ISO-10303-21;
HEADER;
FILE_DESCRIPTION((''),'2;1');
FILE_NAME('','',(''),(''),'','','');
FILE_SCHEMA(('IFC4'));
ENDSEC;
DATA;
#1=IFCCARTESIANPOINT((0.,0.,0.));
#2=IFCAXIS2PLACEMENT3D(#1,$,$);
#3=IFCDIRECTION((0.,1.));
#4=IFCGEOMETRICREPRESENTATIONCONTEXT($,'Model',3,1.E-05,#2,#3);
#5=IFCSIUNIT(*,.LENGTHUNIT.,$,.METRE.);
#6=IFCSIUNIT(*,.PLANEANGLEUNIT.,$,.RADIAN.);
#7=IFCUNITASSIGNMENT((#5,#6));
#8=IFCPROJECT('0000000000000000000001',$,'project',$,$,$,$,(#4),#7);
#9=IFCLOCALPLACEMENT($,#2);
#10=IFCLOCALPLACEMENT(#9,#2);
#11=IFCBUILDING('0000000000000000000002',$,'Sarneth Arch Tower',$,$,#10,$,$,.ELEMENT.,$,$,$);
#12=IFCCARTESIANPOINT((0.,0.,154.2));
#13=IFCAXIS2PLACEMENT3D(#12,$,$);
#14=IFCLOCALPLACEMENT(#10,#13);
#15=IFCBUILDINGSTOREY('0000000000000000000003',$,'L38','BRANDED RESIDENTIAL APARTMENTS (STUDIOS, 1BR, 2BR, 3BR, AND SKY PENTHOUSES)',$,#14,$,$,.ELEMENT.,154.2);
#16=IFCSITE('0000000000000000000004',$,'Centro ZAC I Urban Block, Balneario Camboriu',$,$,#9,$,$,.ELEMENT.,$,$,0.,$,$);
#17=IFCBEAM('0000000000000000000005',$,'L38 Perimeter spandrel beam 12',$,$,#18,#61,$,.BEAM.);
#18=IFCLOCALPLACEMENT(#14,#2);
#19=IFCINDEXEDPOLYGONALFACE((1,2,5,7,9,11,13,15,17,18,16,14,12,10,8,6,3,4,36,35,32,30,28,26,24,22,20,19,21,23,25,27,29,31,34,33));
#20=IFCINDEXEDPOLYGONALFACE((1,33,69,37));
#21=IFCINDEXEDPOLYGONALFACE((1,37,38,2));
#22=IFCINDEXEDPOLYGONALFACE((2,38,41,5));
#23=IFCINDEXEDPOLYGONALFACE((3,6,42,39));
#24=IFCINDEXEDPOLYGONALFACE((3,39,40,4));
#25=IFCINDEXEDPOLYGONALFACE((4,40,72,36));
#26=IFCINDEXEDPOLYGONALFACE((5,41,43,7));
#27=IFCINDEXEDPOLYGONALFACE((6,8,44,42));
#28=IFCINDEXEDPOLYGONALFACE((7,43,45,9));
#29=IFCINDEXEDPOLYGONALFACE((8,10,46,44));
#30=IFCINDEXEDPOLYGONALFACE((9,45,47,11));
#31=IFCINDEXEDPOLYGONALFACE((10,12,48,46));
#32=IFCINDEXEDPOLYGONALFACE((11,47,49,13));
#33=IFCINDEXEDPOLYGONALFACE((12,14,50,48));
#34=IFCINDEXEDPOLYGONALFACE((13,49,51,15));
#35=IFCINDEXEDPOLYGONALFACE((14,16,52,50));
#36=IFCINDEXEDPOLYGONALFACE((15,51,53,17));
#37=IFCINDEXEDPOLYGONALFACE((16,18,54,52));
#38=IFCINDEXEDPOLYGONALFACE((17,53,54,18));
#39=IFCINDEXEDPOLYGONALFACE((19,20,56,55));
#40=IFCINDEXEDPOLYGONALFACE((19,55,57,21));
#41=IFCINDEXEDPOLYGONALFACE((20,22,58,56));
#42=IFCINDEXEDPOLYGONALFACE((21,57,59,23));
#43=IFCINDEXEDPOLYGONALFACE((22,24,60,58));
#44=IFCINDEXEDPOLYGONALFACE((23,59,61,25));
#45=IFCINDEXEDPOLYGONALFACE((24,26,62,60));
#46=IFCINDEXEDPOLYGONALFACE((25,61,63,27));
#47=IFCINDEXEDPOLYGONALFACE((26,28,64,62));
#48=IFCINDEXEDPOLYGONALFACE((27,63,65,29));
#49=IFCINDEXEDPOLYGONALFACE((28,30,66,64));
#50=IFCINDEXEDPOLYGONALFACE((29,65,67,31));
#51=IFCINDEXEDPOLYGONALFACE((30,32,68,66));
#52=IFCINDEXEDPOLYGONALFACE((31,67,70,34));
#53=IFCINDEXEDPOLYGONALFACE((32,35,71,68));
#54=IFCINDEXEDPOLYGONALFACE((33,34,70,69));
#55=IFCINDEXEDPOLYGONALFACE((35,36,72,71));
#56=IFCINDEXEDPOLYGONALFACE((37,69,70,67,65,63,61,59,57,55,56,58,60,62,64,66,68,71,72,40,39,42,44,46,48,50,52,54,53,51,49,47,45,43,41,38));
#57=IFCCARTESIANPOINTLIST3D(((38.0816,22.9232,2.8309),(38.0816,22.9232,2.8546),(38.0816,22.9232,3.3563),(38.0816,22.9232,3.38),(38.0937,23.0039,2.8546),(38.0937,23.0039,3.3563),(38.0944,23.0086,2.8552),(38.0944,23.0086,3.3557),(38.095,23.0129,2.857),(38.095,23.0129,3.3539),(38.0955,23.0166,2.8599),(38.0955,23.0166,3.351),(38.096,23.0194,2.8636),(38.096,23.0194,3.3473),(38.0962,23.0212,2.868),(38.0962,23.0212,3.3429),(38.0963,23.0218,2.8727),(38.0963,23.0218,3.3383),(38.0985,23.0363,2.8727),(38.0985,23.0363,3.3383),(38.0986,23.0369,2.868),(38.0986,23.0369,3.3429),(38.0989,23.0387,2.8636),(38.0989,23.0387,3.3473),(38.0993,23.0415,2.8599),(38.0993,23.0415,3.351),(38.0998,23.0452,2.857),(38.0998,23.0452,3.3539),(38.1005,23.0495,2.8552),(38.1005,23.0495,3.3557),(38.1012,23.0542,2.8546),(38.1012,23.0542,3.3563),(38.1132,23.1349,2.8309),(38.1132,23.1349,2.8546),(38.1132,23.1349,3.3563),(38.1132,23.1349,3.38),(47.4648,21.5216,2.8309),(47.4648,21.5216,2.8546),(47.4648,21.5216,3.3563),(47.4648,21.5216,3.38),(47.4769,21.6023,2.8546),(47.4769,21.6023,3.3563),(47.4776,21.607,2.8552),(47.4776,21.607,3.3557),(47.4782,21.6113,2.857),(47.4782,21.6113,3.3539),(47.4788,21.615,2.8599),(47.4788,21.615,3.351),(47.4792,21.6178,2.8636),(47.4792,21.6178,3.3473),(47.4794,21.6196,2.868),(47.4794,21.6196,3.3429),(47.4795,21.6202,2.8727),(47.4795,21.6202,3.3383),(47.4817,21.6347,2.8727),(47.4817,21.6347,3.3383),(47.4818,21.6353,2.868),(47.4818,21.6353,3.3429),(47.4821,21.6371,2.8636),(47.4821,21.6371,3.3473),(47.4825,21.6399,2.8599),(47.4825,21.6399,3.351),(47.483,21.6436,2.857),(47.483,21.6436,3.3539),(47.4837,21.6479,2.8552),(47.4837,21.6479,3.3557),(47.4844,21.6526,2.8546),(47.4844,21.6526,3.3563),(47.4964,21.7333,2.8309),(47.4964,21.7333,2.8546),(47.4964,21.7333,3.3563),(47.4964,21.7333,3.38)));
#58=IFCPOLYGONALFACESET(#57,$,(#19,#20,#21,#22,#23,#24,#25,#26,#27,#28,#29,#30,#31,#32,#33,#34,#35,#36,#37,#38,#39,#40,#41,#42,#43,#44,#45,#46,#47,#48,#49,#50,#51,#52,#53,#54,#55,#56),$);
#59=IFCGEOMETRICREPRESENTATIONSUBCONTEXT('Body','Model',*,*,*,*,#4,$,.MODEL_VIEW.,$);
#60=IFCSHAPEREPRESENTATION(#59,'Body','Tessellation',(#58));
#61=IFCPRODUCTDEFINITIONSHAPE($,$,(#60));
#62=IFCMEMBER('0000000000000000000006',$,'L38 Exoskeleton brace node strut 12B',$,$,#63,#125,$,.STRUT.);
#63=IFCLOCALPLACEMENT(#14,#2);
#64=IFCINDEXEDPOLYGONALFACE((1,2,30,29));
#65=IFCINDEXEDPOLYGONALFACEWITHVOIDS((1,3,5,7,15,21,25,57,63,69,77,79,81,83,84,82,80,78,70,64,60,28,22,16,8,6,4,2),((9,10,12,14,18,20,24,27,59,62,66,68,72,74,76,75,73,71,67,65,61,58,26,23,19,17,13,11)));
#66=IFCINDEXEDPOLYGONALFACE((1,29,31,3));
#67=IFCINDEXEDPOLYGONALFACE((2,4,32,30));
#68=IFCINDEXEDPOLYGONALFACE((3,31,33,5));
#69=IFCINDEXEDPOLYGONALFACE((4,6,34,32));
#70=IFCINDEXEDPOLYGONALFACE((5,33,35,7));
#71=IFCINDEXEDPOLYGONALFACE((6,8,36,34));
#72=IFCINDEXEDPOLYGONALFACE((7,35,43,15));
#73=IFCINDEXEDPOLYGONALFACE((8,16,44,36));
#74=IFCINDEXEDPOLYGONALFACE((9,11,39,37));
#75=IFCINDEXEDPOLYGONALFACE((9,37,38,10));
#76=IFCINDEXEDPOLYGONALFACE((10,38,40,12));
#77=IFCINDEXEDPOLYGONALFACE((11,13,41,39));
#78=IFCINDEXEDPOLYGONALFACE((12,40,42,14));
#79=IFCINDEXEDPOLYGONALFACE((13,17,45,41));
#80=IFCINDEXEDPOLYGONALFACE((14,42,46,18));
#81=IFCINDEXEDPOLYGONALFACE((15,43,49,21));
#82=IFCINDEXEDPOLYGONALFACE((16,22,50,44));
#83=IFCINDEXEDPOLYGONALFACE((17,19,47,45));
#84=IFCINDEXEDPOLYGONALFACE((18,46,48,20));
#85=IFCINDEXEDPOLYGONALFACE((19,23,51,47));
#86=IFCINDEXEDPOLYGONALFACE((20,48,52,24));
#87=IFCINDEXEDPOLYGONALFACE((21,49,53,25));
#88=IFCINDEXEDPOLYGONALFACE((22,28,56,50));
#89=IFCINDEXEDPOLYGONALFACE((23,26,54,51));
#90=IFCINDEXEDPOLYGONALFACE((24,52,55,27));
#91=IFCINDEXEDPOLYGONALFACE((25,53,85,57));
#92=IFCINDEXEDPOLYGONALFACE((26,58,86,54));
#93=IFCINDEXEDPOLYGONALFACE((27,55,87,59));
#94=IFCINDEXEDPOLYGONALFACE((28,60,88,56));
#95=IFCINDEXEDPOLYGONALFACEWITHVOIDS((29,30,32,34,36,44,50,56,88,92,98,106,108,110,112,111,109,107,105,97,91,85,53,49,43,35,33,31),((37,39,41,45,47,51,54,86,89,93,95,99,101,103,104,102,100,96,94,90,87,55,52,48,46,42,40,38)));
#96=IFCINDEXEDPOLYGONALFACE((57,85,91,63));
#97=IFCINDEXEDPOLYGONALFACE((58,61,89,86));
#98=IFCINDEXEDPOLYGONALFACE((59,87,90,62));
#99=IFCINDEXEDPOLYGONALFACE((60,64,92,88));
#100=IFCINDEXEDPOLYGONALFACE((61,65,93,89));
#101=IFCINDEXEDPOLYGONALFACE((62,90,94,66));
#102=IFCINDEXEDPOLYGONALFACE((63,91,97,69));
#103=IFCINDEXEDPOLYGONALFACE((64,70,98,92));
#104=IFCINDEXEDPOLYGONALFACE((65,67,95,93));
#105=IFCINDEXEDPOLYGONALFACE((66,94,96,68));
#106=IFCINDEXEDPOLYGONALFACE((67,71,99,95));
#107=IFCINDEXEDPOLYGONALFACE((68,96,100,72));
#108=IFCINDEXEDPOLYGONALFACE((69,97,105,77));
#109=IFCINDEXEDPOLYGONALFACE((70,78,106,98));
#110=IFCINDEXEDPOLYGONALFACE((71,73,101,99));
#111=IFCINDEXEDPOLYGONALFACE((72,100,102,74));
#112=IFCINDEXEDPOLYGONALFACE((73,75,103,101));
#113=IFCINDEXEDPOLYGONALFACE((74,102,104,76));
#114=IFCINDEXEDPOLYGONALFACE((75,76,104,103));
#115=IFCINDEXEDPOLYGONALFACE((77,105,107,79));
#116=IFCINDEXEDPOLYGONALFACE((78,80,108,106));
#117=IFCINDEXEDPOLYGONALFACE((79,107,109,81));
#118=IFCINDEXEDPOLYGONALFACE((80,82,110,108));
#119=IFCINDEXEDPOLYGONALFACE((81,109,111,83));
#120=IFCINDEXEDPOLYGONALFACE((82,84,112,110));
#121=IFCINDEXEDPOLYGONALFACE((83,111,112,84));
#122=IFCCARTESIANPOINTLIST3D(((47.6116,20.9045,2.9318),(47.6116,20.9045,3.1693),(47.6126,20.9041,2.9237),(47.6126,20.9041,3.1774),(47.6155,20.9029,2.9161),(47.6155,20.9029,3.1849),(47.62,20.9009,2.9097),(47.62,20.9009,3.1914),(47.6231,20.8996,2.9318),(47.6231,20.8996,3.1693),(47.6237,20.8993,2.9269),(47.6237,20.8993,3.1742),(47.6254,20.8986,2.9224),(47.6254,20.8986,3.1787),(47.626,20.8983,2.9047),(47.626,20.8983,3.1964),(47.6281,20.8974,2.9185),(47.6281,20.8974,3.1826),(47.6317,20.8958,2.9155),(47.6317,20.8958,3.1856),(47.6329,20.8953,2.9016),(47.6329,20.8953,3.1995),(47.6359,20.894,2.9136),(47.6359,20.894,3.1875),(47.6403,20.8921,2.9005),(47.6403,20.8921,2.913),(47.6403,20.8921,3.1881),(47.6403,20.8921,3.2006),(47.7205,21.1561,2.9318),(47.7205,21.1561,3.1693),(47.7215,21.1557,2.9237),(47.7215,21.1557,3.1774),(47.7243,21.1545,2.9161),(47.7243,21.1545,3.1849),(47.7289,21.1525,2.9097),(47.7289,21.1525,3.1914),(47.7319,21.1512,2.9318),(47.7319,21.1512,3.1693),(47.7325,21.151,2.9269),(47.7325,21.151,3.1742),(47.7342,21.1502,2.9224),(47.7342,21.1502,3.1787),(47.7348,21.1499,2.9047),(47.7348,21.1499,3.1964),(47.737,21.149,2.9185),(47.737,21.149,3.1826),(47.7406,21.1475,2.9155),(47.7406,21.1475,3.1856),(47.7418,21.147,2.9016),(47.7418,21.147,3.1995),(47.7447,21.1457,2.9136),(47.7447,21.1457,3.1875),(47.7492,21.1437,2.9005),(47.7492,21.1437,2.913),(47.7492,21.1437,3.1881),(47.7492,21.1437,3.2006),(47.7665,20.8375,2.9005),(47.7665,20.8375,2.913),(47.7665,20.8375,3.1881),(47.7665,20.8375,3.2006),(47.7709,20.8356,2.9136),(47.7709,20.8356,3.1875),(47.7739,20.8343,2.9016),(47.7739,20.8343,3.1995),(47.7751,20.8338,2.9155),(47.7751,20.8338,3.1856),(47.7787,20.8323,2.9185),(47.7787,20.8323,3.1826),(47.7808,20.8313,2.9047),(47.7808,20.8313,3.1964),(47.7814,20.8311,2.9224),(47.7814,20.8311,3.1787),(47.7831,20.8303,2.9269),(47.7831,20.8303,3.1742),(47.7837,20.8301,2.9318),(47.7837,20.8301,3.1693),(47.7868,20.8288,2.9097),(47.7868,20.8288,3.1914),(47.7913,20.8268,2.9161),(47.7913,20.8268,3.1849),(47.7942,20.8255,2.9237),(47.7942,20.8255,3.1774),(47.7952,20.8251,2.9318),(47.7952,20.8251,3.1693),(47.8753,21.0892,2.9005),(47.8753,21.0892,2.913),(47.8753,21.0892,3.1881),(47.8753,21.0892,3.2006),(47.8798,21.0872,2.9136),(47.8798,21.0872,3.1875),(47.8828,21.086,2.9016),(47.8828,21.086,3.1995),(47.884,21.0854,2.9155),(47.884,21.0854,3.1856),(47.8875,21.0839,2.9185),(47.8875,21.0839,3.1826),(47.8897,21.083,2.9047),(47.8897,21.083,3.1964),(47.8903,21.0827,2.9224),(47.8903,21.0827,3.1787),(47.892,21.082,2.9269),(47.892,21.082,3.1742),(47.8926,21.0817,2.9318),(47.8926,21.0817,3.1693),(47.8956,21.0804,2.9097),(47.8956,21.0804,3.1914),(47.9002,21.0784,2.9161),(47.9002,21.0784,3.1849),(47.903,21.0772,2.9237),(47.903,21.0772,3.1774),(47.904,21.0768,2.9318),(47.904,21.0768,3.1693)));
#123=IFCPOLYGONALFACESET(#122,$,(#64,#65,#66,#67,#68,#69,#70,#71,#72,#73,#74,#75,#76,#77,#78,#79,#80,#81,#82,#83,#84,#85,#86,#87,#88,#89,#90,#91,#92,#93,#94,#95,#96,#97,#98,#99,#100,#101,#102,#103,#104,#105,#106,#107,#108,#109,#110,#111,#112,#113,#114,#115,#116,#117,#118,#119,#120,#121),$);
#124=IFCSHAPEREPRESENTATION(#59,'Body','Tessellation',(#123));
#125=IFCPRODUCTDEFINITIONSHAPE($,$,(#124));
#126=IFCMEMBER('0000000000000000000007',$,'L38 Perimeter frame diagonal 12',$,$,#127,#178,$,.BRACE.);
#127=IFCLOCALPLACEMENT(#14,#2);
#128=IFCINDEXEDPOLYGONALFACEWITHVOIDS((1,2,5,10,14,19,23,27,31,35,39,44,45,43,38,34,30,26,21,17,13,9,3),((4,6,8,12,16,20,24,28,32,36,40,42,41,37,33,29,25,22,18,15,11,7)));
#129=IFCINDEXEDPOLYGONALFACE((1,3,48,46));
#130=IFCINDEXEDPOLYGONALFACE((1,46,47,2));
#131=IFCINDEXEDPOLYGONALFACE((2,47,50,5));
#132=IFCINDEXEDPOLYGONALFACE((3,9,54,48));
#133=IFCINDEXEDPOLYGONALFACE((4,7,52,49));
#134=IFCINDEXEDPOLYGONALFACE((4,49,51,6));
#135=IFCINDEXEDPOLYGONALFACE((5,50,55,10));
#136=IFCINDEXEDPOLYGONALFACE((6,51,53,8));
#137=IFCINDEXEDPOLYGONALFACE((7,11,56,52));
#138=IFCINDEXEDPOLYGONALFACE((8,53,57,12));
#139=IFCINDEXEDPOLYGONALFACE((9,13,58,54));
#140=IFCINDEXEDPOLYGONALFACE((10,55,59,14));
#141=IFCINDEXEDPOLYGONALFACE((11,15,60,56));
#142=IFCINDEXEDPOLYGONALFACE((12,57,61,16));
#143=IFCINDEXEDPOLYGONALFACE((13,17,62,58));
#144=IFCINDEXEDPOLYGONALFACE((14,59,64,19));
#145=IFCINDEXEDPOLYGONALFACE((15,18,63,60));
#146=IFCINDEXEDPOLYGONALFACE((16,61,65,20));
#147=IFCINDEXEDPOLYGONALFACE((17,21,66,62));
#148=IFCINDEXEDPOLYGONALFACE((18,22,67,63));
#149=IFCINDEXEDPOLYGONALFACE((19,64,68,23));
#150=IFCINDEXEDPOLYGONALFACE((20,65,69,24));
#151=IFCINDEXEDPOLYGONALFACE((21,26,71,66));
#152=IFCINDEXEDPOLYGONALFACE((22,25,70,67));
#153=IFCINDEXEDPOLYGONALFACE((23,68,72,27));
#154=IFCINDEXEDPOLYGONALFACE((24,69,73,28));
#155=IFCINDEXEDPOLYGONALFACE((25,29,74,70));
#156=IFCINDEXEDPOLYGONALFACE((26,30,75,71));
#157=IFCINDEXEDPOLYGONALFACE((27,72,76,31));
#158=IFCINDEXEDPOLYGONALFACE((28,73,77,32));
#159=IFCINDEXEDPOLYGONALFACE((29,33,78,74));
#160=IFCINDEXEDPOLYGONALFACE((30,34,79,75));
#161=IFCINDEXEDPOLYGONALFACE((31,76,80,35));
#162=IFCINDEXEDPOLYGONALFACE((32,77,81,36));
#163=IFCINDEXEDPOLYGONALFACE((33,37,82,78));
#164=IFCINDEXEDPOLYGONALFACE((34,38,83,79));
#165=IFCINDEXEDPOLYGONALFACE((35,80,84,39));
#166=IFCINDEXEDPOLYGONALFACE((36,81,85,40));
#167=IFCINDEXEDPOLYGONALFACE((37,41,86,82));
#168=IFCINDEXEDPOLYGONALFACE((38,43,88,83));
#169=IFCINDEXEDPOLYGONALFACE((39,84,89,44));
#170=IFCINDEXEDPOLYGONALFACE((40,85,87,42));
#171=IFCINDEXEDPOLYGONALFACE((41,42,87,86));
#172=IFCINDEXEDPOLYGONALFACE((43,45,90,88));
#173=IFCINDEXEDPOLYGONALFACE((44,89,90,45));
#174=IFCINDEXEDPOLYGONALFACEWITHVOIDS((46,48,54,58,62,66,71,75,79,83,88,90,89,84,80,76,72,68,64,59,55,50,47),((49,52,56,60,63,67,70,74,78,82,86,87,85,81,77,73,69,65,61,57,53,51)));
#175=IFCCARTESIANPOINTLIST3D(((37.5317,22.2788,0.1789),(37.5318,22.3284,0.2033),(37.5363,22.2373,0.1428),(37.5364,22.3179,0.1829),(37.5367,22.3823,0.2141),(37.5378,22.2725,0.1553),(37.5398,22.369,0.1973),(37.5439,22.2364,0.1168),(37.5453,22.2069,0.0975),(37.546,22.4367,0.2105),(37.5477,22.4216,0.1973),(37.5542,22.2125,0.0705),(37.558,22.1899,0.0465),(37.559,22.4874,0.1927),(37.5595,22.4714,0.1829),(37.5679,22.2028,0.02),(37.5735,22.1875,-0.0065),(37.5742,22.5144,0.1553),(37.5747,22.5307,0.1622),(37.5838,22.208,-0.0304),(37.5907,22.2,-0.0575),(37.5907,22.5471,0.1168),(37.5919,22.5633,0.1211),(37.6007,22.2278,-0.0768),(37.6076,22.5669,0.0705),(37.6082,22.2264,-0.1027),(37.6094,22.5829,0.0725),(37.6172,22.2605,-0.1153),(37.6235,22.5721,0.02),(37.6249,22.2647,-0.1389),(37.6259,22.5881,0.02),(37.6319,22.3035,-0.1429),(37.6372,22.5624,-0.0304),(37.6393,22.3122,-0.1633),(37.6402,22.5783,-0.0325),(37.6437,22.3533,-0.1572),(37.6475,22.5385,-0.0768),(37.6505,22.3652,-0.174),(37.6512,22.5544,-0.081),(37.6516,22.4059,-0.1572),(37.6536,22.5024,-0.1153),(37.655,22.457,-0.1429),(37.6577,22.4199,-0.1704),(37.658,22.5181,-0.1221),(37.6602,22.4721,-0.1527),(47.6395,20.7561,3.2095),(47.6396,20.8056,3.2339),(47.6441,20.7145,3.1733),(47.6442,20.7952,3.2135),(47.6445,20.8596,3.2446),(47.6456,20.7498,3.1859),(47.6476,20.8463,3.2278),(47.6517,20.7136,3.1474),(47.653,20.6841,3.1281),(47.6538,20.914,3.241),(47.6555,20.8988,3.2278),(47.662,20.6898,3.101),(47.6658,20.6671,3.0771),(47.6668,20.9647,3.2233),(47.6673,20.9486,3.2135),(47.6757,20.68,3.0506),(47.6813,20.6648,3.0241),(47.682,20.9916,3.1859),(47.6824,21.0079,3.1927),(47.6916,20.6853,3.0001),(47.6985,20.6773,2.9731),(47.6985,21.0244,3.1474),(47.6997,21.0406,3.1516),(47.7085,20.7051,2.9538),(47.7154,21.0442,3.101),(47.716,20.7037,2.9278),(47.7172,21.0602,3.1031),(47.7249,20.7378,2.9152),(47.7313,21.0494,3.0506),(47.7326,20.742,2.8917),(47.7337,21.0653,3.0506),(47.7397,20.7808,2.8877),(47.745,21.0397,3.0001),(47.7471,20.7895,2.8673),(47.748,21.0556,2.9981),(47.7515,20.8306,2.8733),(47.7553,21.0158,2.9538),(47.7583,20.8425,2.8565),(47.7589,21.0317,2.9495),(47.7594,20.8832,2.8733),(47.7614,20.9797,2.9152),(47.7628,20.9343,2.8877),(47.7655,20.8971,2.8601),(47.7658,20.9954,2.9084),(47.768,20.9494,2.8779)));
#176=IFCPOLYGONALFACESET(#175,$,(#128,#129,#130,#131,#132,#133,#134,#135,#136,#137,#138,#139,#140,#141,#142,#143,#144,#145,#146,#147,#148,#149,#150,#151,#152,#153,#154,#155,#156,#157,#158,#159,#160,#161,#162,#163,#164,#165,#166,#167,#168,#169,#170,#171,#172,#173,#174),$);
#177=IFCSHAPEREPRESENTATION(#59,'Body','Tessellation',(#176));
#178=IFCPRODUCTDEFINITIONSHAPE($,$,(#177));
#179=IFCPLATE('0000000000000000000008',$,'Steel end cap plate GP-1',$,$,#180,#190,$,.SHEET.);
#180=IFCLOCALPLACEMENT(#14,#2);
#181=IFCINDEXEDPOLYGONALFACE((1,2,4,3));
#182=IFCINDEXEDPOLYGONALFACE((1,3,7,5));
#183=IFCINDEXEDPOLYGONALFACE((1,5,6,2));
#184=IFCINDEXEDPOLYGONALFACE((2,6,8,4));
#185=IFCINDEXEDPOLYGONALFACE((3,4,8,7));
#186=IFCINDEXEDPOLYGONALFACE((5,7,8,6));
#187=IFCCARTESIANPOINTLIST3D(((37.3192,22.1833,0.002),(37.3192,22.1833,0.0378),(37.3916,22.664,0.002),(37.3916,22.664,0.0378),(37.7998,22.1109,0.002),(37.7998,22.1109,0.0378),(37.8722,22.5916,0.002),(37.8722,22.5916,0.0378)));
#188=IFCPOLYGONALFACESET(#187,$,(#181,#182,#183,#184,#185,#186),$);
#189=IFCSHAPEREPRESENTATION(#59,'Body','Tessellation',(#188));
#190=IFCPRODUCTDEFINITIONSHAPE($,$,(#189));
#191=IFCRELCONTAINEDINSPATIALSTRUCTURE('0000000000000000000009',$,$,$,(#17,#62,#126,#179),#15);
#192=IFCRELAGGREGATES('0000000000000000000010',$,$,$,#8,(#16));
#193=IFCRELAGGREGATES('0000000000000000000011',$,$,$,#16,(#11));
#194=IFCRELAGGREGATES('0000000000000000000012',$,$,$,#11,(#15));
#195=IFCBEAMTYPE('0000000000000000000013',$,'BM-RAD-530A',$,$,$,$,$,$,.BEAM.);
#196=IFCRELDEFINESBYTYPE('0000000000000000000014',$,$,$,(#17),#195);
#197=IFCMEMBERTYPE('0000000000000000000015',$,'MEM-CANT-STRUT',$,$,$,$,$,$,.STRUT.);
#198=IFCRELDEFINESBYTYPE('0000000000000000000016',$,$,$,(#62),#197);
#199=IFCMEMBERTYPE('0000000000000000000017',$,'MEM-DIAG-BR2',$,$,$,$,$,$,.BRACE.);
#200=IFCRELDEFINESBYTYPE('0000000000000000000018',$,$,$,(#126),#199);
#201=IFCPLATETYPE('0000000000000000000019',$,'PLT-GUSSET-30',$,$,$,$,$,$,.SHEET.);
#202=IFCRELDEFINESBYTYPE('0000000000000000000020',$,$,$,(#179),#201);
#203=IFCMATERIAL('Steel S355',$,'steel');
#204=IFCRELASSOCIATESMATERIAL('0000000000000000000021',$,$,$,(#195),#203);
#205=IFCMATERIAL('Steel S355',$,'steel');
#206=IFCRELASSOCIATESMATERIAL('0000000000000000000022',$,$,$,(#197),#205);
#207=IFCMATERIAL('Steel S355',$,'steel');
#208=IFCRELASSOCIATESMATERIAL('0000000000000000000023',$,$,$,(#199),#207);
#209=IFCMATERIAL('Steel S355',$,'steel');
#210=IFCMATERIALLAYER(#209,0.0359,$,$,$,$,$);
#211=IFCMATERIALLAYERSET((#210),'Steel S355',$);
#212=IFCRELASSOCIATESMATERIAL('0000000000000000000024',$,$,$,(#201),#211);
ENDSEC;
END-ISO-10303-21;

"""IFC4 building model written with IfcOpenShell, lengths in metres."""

from ifc_helpers import new_model, si_unit, direction, frame, origin, origin_2d, place, context, subcontext, project, spatial, rectangle, hollow_rectangle, hollow_circle, i_section, extrude, material, layer, layer_set, material_profile, profile_set, type_object, element, save


model = new_model("IFC4")

# Units and contexts
model_context = context("Model", 3, precision=1e-05, world=origin(), true_north=direction((0.0, 1.0)))
body_context = subcontext(model_context, "Body", "Model", "MODEL_VIEW")
ifc_project = project(units=[si_unit("LENGTHUNIT", "METRE"), si_unit("PLANEANGLEUNIT", "RADIAN")], contexts=[model_context])

# Site, building, storey
site_placement = place(None, origin())
site = spatial("IfcSite", under=ifc_project, at=site_placement, Name="Centro ZAC I Urban Block, Balneario Camboriu", CompositionType="ELEMENT", RefElevation=0.0)
building_placement = place(site_placement, origin())
building = spatial("IfcBuilding", under=site, at=building_placement, Name="Sarneth Arch Tower", CompositionType="ELEMENT")
storey_placement = place(building_placement, frame((0.0, 0.0, 154.2)))
storey = spatial("IfcBuildingStorey", under=building, at=storey_placement, Name="L38", Description="BRANDED RESIDENTIAL APARTMENTS (STUDIOS, 1BR, 2BR, 3BR, AND SKY PENTHOUSES)", CompositionType="ELEMENT", Elevation=154.2)

# Beam
ifc_material_1 = material(Name="Steel S355", Category="steel")
ifc_material_profile_1 = material_profile(ifc_material_1, i_section(OverallWidth=0.2141, OverallDepth=0.5491, WebThickness=0.0146, FlangeThickness=0.0237, FilletRadius=0.0181, at=origin_2d()), Name="W530x138")
ifc_profile_set_1 = profile_set([ifc_material_profile_1], Name="Steel S355")
beam_type_1 = type_object("IfcBeamType", Name="BM-RAD-530A", PredefinedType="BEAM", material=ifc_profile_set_1)
beam_1_placement = place(storey_placement, frame((38.0974, 23.0291, 3.1055), z_axis=(0.989027, -0.147734, 0.0), x_axis=(0.147734, 0.989027, 0.0)))
element("IfcBeam", 1, at=beam_1_placement, inside=storey, type_object=beam_type_1, Name="L38 Perimeter spandrel beam 12", PredefinedType="BEAM", context=body_context, shape_type="SweptSolid", body=[
    extrude(i_section(OverallWidth=0.2141, OverallDepth=0.5491, WebThickness=0.0146, FlangeThickness=0.0237, FilletRadius=0.0181, at=origin_2d()), origin(), (0.0, 0.0, 1.0), 9.4873),
])

# Members
ifc_material_2 = material(Name="Steel S355", Category="steel")
ifc_material_profile_2 = material_profile(ifc_material_2, hollow_rectangle(XDim=0.2, YDim=0.3, WallThickness=0.0125, InnerFilletRadius=0.0188, OuterFilletRadius=0.0312, at=origin_2d()), Name="RHS300x200x12.5")
ifc_profile_set_2 = profile_set([ifc_material_profile_2], Name="Steel S355")
member_type_1 = type_object("IfcMemberType", Name="MEM-CANT-STRUT", PredefinedType="STRUT", material=ifc_profile_set_2)
member_1_placement = place(storey_placement, frame((47.8123, 21.1165, 3.0505), z_axis=(-0.397033, -0.917804, 0.0), x_axis=(0.917804, -0.397033, 0.0)))
element("IfcMember", 2, at=member_1_placement, inside=storey, type_object=member_type_1, Name="L38 Exoskeleton brace node strut 12B", PredefinedType="STRUT", context=body_context, shape_type="SweptSolid", body=[
    extrude(hollow_rectangle(XDim=0.2, YDim=0.3, WallThickness=0.0125, InnerFilletRadius=0.0188, OuterFilletRadius=0.0312, at=origin_2d()), origin(), (0.0, 0.0, 1.0), 0.2742),
])
ifc_material_3 = material(Name="Steel S355", Category="steel")
ifc_material_profile_3 = material_profile(ifc_material_3, hollow_circle(Radius=0.2029, WallThickness=0.0161, at=origin_2d()), Name="CHS406x16")
ifc_profile_set_3 = profile_set([ifc_material_profile_3], Name="Steel S355")
member_type_2 = type_object("IfcMemberType", Name="MEM-DIAG-BR2", PredefinedType="BRACE", material=ifc_profile_set_3)
member_2_placement = place(storey_placement, frame((37.5957, 22.3875, 0.02), z_axis=(0.948053, -0.142823, 0.284249), x_axis=(0.148968, 0.988842, 0.0)))
element("IfcMember", 3, at=member_2_placement, inside=storey, type_object=member_type_2, Name="L38 Perimeter frame diagonal 12", PredefinedType="BRACE", context=body_context, shape_type="SweptSolid", body=[
    extrude(hollow_circle(Radius=0.2029, WallThickness=0.0161, at=origin_2d()), origin(), (0.0, 0.0, 1.0), 10.6616),
])

# Plate
ifc_material_4 = material(Name="Steel S355", Category="steel")
ifc_layer_1 = layer(ifc_material_4, 0.0359)
ifc_layer_set_1 = layer_set([ifc_layer_1], Name="Steel S355")
plate_type = type_object("IfcPlateType", Name="PLT-GUSSET-30", PredefinedType="SHEET", material=ifc_layer_set_1)
for number, where, z_axis, x_axis, name in (
    (4, (37.5957, 22.3875, 0.002), (0.0, 0.0, 1.0), (0.988835, -0.149018, 0.0), "Steel end cap plate GP-1"),
):
    element("IfcPlate", number, at=place(storey_placement, frame(where, z_axis=z_axis, x_axis=x_axis)), inside=storey, type_object=plate_type, Name=name, PredefinedType="SHEET", context=body_context, shape_type="SweptSolid", body=[
        extrude(rectangle(XDim=0.4861, YDim=0.4861, at=origin_2d()), origin(), (0.0, 0.0, 1.0), 0.0359),
    ])

save(model, "model.ifc")
